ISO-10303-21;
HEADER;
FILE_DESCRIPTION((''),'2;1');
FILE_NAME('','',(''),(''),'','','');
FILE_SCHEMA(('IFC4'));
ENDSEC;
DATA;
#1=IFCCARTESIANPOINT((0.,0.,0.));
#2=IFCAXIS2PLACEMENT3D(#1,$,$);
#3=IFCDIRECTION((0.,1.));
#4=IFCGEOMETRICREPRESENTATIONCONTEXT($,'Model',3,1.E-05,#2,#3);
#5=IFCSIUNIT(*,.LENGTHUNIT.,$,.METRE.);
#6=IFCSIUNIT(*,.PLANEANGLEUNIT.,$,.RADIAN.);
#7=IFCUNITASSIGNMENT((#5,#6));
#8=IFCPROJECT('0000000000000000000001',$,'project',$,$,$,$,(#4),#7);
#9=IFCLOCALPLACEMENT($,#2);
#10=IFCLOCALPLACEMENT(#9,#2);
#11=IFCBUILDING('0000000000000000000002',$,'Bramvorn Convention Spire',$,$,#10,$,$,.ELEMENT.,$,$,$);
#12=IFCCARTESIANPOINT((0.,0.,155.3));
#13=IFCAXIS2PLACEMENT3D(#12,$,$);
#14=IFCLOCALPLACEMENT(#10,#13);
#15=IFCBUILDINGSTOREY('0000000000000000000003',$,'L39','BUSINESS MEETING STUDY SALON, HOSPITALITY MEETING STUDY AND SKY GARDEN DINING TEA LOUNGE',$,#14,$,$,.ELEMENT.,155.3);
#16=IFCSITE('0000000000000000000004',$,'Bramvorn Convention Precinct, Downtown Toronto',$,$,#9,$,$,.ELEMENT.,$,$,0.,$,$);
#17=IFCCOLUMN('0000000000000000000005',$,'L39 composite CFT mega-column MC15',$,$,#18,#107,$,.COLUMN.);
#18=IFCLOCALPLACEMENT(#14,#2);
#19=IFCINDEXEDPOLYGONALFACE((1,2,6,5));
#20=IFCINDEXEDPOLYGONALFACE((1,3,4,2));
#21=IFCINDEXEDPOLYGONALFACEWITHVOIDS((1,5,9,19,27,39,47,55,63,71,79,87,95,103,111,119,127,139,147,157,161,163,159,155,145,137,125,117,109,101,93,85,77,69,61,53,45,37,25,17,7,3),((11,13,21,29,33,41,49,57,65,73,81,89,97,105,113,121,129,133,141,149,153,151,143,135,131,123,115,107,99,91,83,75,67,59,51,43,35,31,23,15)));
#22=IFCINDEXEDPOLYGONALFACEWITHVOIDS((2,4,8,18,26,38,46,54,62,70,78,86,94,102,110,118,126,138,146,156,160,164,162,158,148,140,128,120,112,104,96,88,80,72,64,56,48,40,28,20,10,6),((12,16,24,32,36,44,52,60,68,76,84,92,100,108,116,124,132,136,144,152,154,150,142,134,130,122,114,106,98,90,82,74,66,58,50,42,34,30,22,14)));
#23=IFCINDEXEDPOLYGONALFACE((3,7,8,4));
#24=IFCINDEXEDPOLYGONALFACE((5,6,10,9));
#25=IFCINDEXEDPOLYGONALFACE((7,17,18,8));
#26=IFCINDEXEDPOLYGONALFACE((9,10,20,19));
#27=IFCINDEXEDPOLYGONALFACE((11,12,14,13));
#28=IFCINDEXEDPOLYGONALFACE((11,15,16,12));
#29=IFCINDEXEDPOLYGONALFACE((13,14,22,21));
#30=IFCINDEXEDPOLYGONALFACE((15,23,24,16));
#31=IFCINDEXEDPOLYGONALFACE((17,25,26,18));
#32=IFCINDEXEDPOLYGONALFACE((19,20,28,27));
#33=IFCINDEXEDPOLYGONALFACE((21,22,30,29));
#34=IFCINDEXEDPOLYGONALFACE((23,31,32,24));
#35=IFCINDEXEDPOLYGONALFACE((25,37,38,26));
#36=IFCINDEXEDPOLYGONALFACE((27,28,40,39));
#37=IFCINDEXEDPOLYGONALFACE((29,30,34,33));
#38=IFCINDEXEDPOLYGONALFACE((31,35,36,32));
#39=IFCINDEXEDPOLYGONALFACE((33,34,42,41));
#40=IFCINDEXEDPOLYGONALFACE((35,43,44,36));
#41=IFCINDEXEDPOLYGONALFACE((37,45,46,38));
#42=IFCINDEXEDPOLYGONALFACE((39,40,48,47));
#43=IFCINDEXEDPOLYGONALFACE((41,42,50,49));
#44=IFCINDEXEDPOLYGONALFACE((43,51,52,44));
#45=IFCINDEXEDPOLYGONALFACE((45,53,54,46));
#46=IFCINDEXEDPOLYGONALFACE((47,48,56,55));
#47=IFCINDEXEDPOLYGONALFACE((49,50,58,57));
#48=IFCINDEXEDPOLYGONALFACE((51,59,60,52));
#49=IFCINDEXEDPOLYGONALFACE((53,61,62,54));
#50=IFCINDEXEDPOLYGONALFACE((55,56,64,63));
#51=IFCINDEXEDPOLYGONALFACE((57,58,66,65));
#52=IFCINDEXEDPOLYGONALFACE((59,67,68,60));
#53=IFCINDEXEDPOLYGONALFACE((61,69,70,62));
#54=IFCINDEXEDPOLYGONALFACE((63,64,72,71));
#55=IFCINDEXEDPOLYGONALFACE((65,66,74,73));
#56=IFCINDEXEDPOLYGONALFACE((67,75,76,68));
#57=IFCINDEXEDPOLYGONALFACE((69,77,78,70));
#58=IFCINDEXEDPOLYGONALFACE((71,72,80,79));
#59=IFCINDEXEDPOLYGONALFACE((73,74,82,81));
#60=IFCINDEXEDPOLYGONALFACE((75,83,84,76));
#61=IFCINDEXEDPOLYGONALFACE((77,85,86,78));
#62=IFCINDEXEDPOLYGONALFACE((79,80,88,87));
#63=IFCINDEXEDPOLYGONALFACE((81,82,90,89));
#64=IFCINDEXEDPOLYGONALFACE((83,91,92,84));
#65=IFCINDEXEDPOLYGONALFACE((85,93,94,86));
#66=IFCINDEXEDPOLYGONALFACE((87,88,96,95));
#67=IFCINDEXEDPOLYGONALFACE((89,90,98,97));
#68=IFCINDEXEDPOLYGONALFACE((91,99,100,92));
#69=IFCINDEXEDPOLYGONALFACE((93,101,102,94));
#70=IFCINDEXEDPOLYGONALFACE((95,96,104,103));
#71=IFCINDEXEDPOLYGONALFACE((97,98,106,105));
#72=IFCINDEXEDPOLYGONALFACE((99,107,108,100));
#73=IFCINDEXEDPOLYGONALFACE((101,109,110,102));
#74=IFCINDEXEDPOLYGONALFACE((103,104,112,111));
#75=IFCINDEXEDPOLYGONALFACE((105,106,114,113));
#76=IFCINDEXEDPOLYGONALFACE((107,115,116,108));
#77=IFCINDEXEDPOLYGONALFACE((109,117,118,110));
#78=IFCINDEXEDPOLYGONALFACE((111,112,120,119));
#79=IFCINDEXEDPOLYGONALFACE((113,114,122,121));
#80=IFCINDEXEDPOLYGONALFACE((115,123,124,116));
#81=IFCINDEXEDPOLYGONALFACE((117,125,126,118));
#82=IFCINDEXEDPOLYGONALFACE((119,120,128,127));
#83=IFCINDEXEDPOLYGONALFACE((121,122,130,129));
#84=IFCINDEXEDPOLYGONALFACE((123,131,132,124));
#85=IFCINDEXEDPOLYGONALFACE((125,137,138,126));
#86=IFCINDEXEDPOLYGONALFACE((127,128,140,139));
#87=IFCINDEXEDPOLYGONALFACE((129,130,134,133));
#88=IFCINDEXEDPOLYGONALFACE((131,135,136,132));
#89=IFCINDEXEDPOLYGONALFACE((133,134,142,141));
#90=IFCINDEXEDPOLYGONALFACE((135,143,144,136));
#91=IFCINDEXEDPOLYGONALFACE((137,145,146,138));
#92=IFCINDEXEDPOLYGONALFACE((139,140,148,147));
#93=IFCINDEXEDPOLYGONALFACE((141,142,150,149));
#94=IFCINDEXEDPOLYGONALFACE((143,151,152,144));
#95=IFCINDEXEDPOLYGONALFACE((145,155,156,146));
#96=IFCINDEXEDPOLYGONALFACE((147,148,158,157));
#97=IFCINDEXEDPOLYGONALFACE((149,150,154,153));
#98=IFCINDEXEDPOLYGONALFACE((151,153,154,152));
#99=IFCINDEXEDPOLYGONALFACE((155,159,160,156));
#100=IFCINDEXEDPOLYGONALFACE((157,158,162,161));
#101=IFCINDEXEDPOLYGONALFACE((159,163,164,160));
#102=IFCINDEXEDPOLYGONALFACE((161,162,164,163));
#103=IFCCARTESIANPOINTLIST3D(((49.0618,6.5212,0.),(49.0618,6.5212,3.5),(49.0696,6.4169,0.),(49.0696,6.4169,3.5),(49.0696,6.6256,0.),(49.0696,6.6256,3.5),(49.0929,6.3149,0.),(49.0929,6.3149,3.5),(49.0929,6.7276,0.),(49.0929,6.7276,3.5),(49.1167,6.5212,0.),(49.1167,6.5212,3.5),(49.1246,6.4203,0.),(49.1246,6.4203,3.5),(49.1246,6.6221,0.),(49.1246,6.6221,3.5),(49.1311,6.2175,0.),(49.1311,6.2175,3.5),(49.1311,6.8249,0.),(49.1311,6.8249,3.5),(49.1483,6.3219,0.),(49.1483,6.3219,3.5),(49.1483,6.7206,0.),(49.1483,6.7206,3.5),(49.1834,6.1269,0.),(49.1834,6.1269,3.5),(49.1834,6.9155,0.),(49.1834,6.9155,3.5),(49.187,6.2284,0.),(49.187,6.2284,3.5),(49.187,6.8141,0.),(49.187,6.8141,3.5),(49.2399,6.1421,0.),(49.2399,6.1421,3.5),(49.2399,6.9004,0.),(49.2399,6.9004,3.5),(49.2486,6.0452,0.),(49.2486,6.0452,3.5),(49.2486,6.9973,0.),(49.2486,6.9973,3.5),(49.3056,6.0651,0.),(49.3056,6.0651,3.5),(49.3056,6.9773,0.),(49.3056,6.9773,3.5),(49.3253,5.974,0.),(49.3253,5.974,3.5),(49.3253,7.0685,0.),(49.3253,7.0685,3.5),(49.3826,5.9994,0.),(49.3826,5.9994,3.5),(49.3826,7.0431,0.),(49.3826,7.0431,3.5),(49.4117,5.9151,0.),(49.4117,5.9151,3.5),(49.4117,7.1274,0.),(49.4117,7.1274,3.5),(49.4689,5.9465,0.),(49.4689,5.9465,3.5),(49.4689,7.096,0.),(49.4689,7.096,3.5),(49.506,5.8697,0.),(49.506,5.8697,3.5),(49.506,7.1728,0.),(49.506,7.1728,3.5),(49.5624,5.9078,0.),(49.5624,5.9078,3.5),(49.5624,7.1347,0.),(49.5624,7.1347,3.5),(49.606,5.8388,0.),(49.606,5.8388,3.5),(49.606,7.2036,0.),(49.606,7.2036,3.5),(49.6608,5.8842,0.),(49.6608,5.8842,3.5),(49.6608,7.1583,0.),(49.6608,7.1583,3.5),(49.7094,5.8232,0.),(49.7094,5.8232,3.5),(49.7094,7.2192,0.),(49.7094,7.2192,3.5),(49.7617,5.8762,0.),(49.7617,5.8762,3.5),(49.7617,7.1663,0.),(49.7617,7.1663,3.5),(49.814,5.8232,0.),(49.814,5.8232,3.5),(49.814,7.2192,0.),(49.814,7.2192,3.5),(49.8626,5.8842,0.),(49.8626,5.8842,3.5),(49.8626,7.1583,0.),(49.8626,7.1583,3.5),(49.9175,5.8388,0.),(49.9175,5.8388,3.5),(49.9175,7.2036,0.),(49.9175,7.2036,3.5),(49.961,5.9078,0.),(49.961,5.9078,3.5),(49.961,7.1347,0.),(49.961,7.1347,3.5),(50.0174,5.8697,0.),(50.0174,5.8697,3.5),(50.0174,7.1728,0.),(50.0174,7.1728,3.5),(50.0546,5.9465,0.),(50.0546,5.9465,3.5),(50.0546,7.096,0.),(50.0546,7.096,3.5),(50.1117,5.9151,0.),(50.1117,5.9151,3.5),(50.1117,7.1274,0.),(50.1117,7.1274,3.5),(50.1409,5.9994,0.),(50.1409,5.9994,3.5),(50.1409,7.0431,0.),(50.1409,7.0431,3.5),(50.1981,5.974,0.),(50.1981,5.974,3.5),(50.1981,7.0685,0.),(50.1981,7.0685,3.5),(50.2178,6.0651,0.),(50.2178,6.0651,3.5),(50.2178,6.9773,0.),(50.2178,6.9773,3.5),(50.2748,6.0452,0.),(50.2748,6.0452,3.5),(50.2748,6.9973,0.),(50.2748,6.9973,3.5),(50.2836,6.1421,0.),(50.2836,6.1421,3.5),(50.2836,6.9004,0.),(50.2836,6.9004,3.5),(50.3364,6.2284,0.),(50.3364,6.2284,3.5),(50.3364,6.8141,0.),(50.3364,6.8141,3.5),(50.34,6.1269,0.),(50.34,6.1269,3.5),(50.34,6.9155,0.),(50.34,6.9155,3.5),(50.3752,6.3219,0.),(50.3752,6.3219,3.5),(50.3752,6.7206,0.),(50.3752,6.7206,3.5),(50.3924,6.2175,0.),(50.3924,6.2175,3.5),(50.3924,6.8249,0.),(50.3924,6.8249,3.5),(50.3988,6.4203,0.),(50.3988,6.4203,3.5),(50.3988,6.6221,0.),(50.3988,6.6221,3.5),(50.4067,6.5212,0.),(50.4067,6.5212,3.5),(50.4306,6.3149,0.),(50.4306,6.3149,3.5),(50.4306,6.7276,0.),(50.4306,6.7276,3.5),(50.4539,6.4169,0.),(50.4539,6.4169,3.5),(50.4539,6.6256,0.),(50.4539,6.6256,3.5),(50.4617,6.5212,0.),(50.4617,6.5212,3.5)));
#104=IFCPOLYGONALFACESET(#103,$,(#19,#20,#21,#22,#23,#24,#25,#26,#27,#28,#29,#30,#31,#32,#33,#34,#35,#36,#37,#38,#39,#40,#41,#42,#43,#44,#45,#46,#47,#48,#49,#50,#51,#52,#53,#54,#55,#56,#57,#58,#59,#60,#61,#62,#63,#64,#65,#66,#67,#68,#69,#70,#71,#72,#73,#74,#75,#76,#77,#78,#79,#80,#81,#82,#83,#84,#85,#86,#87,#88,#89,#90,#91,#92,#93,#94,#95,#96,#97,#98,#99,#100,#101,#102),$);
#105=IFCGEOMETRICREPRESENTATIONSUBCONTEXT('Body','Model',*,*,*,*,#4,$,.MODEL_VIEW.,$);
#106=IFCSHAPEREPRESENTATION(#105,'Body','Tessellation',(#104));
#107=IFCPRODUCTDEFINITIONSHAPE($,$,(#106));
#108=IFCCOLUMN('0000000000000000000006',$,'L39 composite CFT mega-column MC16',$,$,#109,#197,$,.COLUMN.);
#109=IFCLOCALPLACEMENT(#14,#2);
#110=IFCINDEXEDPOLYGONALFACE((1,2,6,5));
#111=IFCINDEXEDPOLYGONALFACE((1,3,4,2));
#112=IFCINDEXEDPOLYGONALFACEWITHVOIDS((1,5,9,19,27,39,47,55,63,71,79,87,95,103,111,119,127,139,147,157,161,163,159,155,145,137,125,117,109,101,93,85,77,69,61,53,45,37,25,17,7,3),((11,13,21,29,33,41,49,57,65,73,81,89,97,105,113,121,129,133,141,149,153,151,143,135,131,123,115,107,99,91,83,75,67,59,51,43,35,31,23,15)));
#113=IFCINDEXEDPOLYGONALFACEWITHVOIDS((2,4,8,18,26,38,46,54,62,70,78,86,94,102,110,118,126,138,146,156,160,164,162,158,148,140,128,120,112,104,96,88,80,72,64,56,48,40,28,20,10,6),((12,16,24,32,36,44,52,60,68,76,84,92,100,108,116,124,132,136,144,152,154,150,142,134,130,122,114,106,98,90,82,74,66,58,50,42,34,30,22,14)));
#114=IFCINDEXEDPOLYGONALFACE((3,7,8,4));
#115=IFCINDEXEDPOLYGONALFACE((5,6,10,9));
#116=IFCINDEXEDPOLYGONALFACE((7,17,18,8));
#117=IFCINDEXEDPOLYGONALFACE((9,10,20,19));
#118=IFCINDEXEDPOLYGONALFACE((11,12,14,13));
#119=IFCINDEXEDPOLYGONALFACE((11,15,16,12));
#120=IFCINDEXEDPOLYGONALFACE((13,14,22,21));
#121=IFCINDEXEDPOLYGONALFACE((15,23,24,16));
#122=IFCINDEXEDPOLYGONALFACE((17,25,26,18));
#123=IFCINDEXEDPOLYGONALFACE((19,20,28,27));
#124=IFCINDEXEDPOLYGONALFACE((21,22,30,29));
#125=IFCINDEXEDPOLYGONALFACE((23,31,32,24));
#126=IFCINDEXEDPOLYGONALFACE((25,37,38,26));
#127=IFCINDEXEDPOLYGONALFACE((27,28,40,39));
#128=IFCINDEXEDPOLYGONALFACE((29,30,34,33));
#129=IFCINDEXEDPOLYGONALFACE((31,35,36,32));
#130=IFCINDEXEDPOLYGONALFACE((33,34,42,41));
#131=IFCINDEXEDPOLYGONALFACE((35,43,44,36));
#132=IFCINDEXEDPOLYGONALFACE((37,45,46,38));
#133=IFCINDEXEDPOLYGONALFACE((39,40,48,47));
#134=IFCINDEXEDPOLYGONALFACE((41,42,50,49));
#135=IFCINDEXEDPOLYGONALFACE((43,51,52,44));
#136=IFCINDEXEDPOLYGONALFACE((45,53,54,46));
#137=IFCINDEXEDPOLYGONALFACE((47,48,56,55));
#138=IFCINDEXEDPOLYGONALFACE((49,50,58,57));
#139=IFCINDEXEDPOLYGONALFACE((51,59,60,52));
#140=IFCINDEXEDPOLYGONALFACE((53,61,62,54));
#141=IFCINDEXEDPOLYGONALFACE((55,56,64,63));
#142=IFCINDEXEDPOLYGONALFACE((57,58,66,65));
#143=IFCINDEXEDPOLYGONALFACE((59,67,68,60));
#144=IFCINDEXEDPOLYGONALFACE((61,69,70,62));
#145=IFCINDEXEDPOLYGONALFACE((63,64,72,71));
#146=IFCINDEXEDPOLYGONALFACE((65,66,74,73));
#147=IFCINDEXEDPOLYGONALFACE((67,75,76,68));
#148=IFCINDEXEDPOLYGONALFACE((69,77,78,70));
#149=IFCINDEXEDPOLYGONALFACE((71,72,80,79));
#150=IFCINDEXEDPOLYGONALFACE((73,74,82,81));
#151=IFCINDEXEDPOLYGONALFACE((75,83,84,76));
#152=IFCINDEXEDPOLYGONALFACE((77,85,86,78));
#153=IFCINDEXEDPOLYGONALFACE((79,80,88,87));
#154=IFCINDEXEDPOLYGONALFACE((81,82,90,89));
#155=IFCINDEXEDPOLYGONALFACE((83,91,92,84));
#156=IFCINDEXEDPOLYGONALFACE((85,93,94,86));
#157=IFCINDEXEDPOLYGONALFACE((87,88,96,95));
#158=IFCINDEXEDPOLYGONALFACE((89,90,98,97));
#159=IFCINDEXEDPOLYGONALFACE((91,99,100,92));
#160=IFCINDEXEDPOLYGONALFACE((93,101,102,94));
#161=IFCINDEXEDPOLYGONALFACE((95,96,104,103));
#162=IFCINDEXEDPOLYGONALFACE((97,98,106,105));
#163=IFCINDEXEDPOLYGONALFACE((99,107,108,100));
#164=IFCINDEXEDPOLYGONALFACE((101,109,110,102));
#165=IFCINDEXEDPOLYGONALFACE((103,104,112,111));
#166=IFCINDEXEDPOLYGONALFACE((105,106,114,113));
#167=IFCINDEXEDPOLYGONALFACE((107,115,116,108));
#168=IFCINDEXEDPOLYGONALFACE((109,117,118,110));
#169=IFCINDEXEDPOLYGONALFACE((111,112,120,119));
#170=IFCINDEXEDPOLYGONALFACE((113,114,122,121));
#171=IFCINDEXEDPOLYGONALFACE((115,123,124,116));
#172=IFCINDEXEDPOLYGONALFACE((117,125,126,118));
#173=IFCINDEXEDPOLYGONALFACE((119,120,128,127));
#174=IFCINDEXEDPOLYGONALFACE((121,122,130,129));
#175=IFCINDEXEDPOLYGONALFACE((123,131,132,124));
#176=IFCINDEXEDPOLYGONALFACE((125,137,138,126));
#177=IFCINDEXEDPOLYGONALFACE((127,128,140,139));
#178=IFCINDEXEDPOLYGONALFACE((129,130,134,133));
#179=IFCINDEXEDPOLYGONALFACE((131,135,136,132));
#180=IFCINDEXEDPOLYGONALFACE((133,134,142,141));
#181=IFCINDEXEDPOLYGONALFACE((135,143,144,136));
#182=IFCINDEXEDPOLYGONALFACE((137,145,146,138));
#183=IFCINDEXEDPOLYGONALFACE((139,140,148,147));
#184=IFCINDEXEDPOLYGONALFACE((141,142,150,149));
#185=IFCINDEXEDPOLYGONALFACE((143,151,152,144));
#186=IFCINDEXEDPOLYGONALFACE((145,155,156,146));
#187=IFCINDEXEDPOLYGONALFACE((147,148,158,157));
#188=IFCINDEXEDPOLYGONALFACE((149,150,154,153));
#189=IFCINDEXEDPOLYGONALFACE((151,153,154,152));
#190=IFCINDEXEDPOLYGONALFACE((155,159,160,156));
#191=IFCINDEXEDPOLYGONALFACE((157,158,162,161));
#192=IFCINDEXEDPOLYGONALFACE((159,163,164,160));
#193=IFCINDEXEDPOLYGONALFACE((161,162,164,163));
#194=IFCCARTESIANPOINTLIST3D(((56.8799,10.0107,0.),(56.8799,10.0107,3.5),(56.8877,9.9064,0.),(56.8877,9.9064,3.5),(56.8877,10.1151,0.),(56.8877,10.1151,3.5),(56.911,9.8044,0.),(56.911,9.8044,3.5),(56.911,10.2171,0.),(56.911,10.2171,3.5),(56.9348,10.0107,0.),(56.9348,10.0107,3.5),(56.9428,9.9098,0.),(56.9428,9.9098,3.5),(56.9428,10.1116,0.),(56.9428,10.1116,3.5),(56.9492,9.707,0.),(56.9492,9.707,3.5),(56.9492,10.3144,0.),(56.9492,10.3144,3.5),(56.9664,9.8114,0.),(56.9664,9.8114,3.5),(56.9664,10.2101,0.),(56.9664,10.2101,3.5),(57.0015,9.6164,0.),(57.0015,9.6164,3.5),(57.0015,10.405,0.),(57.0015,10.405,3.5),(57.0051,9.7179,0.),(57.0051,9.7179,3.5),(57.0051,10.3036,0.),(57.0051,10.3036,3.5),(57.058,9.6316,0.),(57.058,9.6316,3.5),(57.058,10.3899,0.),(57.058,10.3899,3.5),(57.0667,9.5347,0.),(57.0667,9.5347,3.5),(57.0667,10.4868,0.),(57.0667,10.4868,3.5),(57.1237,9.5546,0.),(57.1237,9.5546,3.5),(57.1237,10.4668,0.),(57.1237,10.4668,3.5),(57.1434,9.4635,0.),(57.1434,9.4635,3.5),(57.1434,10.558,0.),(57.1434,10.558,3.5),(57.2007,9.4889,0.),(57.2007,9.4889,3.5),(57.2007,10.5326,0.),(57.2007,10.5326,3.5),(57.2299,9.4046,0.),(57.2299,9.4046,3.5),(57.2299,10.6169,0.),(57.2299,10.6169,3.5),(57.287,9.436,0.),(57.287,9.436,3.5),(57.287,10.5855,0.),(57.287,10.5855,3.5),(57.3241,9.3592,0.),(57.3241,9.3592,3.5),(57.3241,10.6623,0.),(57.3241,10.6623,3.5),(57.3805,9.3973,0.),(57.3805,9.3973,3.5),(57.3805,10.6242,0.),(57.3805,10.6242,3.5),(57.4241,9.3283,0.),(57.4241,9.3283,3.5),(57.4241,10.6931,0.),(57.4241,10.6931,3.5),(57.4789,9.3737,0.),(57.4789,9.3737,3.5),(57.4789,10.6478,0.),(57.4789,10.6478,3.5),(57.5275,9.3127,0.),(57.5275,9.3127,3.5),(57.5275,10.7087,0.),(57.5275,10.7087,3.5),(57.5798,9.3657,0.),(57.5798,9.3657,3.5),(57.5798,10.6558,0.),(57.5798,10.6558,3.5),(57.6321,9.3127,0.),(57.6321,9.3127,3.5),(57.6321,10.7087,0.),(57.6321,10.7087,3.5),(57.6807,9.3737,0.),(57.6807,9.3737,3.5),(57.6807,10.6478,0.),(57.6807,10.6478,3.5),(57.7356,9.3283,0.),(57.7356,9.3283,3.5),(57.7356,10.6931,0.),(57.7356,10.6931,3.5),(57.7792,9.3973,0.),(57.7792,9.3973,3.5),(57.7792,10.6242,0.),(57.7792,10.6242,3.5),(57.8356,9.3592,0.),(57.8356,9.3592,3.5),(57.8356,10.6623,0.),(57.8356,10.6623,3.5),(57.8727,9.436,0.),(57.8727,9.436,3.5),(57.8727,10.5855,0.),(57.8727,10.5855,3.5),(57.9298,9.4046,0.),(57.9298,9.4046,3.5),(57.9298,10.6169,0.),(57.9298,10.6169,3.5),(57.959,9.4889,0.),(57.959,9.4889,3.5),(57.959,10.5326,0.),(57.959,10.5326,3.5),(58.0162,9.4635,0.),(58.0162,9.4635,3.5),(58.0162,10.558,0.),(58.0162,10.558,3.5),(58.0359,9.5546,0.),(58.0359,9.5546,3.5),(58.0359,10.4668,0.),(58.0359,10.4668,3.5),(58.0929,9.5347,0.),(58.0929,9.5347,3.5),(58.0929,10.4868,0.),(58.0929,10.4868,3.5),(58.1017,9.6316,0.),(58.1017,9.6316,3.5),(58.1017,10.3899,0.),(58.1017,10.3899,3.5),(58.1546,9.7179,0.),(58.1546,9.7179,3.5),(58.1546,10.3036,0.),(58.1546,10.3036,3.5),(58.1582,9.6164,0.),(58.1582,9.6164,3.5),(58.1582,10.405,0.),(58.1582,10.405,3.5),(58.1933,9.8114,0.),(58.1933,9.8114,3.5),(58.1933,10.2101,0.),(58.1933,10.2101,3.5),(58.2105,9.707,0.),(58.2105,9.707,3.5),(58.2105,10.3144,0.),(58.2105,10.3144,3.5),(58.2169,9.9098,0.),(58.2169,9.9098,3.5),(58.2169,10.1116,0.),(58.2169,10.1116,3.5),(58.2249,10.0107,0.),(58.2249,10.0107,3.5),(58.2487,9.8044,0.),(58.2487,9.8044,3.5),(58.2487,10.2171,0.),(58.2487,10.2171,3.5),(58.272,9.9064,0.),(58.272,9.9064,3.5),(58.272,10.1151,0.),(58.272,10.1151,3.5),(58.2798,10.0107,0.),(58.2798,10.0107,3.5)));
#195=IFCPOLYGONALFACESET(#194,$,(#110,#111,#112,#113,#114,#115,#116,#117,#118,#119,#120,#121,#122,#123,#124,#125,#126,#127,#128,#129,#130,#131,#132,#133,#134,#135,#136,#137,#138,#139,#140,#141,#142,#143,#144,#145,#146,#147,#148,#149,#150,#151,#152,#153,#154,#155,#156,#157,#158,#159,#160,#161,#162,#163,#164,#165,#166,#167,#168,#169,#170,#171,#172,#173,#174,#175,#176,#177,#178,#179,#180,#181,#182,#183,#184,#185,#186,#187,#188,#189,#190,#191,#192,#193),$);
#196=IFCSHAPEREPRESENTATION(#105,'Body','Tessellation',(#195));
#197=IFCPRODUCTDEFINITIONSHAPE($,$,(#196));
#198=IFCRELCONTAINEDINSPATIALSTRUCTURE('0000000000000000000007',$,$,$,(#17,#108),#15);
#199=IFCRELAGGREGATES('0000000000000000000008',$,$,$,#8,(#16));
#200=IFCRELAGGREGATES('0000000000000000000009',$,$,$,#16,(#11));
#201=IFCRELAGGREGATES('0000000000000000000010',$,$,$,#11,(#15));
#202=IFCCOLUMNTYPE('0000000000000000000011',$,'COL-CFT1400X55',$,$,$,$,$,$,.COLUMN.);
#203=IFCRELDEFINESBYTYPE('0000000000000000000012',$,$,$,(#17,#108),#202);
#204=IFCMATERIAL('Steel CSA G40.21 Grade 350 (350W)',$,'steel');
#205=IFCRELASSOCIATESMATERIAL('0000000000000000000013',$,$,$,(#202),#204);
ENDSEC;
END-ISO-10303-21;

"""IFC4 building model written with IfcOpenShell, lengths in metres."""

from ifc_helpers import new_model, si_unit, direction, frame, origin, origin_2d, place, context, subcontext, project, spatial, hollow_circle, extrude, material, material_profile, profile_set, type_object, element, save


model = new_model("IFC4")

# Units and contexts
model_context = context("Model", 3, precision=1e-05, world=origin(), true_north=direction((0.0, 1.0)))
body_context = subcontext(model_context, "Body", "Model", "MODEL_VIEW")
ifc_project = project(units=[si_unit("LENGTHUNIT", "METRE"), si_unit("PLANEANGLEUNIT", "RADIAN")], contexts=[model_context])

# Site, building, storey
site_placement = place(None, origin())
site = spatial("IfcSite", under=ifc_project, at=site_placement, Name="Bramvorn Convention Precinct, Downtown Toronto", CompositionType="ELEMENT", RefElevation=0.0)
building_placement = place(site_placement, origin())
building = spatial("IfcBuilding", under=site, at=building_placement, Name="Bramvorn Convention Spire", CompositionType="ELEMENT")
storey_placement = place(building_placement, frame((0.0, 0.0, 155.3)))
storey = spatial("IfcBuildingStorey", under=building, at=storey_placement, Name="L39", Description="BUSINESS MEETING STUDY SALON, HOSPITALITY MEETING STUDY AND SKY GARDEN DINING TEA LOUNGE", CompositionType="ELEMENT", Elevation=155.3)

# Columns
ifc_material_1 = material(Name="Steel CSA G40.21 Grade 350 (350W)", Category="steel")
ifc_material_profile_1 = material_profile(ifc_material_1, hollow_circle(Radius=0.7, WallThickness=0.0549, at=origin_2d()))
ifc_profile_set_1 = profile_set([ifc_material_profile_1], Name="Steel CSA G40.21 Grade 350 (350W) - CFT1400X55")
column_type = type_object("IfcColumnType", Name="COL-CFT1400X55", PredefinedType="COLUMN", material=ifc_profile_set_1)
for number, where, z_axis, x_axis, name in (
    (1, (49.7617, 6.5212, 0.0), (0.0, 0.0, 1.0), (1.0, 0.0, 0.0), "L39 composite CFT mega-column MC15"),
    (2, (57.5798, 10.0107, 0.0), (0.0, 0.0, 1.0), (1.0, 0.0, 0.0), "L39 composite CFT mega-column MC16"),
):
    element("IfcColumn", number, at=place(storey_placement, frame(where, z_axis=z_axis, x_axis=x_axis)), inside=storey, type_object=column_type, Name=name, PredefinedType="COLUMN", context=body_context, shape_type="SweptSolid", body=[
        extrude(hollow_circle(Radius=0.7, WallThickness=0.0549, at=origin_2d()), origin(), (0.0, 0.0, 1.0), 3.5),
    ])

save(model, "model.ifc")
